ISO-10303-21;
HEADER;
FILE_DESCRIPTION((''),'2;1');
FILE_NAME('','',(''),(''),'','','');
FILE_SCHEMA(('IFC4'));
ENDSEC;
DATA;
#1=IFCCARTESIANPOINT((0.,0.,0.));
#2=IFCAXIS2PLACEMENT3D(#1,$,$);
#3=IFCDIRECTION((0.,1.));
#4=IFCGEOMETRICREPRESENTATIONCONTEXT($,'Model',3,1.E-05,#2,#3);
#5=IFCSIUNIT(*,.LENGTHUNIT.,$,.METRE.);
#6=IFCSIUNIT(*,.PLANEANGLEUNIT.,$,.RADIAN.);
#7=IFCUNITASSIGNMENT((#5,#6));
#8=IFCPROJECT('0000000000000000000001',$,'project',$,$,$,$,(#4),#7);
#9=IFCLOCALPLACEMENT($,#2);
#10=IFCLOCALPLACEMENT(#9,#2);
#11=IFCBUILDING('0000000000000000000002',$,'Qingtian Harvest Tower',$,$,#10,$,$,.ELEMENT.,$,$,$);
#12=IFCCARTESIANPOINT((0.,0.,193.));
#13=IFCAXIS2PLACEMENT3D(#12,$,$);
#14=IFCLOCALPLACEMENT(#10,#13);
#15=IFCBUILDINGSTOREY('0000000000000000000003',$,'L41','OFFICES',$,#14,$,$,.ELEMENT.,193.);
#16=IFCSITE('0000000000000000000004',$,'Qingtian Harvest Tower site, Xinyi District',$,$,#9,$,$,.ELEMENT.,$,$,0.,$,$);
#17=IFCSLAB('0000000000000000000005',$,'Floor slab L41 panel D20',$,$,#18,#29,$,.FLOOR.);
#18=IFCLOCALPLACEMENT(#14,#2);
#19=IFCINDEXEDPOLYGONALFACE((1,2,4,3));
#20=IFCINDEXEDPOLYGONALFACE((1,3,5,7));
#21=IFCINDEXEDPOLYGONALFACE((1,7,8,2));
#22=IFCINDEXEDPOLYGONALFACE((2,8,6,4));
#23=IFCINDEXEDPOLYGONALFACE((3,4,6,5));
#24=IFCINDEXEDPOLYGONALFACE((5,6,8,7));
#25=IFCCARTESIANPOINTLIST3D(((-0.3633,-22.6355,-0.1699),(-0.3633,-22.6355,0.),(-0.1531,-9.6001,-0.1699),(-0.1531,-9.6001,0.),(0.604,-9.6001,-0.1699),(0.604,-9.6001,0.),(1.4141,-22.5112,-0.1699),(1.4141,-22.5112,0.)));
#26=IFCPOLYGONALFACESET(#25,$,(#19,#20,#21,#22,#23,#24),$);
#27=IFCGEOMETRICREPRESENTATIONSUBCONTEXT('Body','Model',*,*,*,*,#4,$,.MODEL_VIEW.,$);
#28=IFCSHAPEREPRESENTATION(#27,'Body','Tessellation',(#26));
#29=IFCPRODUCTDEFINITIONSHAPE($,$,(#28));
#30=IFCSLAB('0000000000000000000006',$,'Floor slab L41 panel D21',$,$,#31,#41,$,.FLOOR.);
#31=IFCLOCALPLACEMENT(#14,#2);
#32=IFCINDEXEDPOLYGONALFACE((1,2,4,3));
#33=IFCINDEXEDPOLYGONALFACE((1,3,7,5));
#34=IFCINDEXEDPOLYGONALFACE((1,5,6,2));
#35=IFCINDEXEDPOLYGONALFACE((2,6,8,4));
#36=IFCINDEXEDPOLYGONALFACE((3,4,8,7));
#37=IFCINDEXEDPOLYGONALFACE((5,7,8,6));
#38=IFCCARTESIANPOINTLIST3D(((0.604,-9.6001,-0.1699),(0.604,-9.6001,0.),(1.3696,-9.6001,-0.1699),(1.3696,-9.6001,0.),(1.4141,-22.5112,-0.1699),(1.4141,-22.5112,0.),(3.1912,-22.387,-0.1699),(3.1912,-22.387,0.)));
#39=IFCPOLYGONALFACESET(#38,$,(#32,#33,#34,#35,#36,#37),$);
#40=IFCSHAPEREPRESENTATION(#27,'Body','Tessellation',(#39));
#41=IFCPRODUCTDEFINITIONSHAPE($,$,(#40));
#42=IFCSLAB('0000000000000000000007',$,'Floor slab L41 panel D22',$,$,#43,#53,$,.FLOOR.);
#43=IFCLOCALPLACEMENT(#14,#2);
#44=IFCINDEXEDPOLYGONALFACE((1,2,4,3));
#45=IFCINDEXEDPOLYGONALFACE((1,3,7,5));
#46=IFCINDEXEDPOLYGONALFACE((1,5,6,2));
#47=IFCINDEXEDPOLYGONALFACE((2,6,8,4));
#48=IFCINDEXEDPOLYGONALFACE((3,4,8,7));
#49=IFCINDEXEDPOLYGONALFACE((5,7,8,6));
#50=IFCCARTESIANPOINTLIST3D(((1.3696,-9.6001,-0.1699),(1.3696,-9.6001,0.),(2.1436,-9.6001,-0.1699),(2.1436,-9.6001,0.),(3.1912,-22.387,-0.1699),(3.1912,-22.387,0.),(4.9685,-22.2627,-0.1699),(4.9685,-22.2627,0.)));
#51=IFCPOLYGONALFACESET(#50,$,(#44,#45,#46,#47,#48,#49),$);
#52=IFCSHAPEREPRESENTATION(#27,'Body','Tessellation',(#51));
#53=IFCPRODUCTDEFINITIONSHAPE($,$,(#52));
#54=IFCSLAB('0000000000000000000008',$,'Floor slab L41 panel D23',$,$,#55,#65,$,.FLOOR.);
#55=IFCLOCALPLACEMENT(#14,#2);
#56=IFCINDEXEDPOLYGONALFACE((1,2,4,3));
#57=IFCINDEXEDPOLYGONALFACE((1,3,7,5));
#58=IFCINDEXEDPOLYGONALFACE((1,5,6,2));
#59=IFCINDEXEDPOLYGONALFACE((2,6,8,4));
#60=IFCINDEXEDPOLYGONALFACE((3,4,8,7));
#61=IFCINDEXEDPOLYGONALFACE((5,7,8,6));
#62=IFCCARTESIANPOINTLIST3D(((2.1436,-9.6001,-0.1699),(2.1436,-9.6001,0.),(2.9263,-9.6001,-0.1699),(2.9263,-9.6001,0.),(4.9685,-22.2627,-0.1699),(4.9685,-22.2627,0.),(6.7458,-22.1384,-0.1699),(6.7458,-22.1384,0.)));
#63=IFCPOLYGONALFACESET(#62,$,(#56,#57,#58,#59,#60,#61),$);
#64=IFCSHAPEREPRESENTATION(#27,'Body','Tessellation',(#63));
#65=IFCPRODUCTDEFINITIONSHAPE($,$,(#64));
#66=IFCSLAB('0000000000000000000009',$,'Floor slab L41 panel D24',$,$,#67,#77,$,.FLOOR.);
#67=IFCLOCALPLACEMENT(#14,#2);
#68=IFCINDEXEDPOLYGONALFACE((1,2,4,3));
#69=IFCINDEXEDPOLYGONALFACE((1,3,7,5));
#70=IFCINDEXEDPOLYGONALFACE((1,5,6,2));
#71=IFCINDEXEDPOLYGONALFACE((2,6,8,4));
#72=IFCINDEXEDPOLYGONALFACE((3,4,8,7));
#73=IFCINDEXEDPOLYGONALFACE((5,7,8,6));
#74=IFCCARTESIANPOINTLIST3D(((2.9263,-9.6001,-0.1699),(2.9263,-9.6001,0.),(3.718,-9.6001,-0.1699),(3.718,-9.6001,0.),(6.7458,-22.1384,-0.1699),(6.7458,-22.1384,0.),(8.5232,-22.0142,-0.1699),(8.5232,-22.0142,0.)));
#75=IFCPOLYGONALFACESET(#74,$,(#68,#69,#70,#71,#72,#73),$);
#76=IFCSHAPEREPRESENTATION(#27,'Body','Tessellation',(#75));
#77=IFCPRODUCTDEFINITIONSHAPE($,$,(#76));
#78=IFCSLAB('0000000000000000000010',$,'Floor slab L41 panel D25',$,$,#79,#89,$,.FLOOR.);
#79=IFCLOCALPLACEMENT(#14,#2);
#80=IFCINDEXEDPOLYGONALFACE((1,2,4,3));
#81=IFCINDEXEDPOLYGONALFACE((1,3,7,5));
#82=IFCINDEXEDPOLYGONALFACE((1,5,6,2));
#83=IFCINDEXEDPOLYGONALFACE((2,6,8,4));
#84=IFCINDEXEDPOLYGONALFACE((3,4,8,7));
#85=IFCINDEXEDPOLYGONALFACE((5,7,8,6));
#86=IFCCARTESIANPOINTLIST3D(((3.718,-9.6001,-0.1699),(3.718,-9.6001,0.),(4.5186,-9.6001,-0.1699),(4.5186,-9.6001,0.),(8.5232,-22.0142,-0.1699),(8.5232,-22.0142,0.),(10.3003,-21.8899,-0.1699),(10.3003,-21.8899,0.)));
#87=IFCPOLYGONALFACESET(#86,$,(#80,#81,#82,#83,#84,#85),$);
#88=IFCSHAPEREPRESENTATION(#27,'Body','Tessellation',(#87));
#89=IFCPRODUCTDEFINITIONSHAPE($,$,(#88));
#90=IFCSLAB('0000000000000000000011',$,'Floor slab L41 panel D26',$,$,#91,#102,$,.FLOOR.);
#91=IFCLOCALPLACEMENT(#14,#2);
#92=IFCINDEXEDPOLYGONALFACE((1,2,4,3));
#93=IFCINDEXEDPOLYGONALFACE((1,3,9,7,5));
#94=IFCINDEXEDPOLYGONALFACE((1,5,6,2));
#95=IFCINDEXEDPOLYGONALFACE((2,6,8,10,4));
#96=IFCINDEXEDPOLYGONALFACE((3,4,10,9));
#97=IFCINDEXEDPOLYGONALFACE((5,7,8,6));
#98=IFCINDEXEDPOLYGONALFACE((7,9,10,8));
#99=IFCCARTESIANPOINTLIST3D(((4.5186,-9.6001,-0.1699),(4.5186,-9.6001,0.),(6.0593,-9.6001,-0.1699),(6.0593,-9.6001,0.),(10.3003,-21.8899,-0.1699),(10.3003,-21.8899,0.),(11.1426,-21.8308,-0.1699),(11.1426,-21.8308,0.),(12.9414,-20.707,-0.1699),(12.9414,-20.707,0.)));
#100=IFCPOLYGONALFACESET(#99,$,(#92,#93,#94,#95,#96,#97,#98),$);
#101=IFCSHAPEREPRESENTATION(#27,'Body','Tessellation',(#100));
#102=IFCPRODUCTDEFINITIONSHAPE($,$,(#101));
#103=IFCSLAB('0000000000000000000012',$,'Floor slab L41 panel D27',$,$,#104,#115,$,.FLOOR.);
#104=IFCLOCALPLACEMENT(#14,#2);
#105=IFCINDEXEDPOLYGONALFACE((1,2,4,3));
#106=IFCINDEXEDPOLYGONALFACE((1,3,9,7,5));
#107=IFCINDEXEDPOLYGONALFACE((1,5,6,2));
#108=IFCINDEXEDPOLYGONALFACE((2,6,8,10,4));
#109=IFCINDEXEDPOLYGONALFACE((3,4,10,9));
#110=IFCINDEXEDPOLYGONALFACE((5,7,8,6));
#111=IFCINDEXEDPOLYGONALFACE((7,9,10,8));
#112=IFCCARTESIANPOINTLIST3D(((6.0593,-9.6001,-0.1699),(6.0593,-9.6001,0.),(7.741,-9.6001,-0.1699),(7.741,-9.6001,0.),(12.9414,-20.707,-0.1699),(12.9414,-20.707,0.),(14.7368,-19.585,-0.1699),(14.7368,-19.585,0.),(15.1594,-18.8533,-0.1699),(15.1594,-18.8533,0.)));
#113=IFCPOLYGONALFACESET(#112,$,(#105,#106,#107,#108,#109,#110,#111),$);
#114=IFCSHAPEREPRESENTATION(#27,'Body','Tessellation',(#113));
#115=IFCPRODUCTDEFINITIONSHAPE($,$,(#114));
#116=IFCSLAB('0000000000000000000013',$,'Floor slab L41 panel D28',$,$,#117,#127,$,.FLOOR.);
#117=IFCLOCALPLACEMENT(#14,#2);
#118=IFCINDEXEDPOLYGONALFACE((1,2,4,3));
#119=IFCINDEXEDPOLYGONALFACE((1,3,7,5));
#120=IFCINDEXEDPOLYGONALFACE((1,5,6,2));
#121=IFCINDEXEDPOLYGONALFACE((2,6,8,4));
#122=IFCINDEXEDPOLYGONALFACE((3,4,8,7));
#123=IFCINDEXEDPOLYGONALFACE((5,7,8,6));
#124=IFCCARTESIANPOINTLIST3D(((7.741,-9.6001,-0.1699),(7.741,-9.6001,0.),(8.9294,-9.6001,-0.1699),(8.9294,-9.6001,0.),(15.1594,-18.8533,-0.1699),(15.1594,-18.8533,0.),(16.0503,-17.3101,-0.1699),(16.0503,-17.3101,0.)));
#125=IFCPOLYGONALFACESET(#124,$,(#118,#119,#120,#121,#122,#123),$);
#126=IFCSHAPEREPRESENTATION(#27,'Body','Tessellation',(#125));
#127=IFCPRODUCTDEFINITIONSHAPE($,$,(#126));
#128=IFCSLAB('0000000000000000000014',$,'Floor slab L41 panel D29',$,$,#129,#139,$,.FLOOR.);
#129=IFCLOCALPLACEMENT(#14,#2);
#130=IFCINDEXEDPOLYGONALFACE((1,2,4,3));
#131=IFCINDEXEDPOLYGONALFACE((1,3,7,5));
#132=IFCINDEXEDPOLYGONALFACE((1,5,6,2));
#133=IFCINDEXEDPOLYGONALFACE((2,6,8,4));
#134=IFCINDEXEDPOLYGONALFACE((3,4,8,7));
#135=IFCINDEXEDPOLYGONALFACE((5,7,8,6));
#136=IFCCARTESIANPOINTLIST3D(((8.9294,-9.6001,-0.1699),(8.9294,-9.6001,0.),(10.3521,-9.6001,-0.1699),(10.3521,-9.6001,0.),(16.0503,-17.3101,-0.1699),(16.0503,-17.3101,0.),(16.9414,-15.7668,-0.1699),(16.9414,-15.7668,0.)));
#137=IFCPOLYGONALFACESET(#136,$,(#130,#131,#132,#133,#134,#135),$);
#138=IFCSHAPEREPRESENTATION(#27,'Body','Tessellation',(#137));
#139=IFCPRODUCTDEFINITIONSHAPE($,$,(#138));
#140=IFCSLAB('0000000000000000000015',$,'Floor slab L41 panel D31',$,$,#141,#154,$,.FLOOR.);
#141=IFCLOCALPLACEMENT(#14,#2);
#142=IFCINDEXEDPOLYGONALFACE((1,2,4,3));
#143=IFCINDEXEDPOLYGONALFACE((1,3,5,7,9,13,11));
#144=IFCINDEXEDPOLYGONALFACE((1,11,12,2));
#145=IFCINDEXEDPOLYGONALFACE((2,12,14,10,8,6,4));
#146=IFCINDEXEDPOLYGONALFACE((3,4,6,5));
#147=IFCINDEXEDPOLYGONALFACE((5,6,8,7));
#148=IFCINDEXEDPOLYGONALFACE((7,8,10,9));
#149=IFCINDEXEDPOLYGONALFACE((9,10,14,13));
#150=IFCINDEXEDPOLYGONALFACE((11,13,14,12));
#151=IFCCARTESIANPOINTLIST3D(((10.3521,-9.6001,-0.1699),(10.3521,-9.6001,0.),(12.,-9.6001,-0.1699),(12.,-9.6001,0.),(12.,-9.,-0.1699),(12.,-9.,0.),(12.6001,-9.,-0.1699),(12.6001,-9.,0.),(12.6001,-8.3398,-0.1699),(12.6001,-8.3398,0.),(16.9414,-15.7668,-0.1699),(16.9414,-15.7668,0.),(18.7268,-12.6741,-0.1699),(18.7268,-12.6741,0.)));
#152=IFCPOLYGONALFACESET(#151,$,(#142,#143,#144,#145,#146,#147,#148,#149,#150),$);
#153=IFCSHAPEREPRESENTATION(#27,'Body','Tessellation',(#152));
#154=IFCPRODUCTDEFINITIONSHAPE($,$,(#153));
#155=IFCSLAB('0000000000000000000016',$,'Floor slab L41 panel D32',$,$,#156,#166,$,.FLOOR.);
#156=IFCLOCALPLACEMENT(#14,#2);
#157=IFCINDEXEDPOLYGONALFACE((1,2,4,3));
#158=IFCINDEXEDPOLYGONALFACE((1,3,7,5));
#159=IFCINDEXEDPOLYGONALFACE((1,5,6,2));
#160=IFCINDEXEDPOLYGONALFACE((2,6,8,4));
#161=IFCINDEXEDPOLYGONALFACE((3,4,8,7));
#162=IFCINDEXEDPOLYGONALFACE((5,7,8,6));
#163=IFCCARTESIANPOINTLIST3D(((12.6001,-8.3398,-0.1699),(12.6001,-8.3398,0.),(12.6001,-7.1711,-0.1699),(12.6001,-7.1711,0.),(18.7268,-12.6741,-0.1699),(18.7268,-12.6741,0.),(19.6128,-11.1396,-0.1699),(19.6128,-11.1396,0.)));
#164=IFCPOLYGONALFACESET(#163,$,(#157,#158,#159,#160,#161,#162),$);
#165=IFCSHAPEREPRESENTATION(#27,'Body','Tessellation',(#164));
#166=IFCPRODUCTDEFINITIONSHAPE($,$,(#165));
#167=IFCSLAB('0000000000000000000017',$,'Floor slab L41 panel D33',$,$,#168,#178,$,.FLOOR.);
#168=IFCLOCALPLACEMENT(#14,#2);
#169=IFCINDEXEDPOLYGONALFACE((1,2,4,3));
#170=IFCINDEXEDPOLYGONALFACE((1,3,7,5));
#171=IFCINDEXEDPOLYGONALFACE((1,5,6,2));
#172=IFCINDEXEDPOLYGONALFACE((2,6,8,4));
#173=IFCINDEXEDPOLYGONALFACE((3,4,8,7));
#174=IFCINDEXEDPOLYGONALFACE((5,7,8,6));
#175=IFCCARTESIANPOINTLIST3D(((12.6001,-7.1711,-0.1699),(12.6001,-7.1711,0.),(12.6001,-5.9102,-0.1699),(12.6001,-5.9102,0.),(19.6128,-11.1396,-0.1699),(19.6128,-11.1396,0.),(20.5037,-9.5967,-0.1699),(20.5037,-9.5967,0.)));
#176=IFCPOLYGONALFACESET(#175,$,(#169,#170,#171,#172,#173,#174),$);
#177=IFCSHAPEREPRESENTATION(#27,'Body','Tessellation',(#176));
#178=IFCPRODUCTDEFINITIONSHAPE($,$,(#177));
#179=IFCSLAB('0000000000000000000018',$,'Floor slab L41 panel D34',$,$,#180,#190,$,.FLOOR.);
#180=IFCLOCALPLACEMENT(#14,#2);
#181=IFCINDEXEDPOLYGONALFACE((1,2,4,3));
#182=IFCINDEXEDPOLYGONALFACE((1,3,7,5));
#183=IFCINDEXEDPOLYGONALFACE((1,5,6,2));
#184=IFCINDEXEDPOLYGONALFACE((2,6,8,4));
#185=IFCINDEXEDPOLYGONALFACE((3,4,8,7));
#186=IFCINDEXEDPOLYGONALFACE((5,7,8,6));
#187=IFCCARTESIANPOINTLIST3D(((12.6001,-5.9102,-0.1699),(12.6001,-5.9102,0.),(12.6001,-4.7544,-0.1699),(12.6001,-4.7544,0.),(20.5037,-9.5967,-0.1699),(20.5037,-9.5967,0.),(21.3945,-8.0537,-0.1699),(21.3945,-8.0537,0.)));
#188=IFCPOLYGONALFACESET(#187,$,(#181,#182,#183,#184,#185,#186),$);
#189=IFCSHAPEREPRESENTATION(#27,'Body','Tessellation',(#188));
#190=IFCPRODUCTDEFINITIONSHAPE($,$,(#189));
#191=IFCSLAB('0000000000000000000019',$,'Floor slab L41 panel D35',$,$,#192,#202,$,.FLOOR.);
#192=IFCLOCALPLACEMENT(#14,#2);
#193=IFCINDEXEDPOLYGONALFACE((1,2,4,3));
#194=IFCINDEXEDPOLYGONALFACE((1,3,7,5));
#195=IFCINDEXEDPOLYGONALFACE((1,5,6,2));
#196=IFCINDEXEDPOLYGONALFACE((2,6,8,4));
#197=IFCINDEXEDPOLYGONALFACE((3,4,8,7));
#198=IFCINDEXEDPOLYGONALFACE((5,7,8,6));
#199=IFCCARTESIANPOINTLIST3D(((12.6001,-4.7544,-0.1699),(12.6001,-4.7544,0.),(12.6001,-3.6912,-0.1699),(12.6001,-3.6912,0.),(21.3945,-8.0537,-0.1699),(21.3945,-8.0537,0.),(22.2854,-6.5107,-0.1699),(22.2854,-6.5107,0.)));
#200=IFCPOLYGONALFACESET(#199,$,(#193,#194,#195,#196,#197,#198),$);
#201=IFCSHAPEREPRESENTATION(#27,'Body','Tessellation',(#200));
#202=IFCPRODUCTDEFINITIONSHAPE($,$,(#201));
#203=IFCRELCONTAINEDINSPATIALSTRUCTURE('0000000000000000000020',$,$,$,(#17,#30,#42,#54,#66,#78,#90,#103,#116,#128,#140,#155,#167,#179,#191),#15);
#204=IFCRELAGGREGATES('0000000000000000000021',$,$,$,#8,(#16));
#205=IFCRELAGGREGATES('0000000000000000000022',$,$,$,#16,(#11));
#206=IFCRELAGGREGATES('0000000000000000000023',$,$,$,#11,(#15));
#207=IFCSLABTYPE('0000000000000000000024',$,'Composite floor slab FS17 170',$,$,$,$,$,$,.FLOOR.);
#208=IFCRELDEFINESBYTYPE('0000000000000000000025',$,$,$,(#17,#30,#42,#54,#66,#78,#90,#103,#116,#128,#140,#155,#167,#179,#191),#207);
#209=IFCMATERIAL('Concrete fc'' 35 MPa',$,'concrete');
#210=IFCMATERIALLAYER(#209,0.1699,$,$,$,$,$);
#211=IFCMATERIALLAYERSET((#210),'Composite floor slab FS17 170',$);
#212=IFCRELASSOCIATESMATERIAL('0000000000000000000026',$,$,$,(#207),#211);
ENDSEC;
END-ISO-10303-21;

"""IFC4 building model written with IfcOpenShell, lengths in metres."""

from ifc_helpers import new_model, si_unit, direction, frame, origin, place, context, subcontext, project, spatial, polyline, outline, extrude, material, layer, layer_set, type_object, element, save


model = new_model("IFC4")

# Units and contexts
model_context = context("Model", 3, precision=1e-05, world=origin(), true_north=direction((0.0, 1.0)))
body_context = subcontext(model_context, "Body", "Model", "MODEL_VIEW")
ifc_project = project(units=[si_unit("LENGTHUNIT", "METRE"), si_unit("PLANEANGLEUNIT", "RADIAN")], contexts=[model_context])

# Site, building, storey
site_placement = place(None, origin())
site = spatial("IfcSite", under=ifc_project, at=site_placement, Name="Qingtian Harvest Tower site, Xinyi District", CompositionType="ELEMENT", RefElevation=0.0)
building_placement = place(site_placement, origin())
building = spatial("IfcBuilding", under=site, at=building_placement, Name="Qingtian Harvest Tower", CompositionType="ELEMENT")
storey_placement = place(building_placement, frame((0.0, 0.0, 193.0)))
storey = spatial("IfcBuildingStorey", under=building, at=storey_placement, Name="L41", Description="OFFICES", CompositionType="ELEMENT", Elevation=193.0)

# Slabs
ifc_material = material(Name="Concrete fc' 35 MPa", Category="concrete")
ifc_layer = layer(ifc_material, 0.1699)
ifc_layer_set = layer_set([ifc_layer], Name="Composite floor slab FS17 170")
slab_type = type_object("IfcSlabType", Name="Composite floor slab FS17 170", PredefinedType="FLOOR", material=ifc_layer_set)
slab_1_placement = place(storey_placement, frame((0.0, 0.0, -0.1699)))
element("IfcSlab", 1, at=slab_1_placement, inside=storey, type_object=slab_type, Name="Floor slab L41 panel D20", PredefinedType="FLOOR", context=body_context, shape_type="SweptSolid", body=[
    extrude(outline(polyline([(0.604, -9.6001), (1.4141, -22.5112), (-0.3633, -22.6355), (-0.1531, -9.6001), (0.604, -9.6001)])), origin(), (0.0, 0.0, 1.0), 0.1699),
])
slab_2_placement = place(storey_placement, frame((0.0, 0.0, -0.1699)))
element("IfcSlab", 2, at=slab_2_placement, inside=storey, type_object=slab_type, Name="Floor slab L41 panel D21", PredefinedType="FLOOR", context=body_context, shape_type="SweptSolid", body=[
    extrude(outline(polyline([(1.3696, -9.6001), (3.1912, -22.387), (1.4141, -22.5112), (0.604, -9.6001), (1.3696, -9.6001)])), origin(), (0.0, 0.0, 1.0), 0.1699),
])
slab_3_placement = place(storey_placement, frame((0.0, 0.0, -0.1699)))
element("IfcSlab", 3, at=slab_3_placement, inside=storey, type_object=slab_type, Name="Floor slab L41 panel D22", PredefinedType="FLOOR", context=body_context, shape_type="SweptSolid", body=[
    extrude(outline(polyline([(2.1436, -9.6001), (4.9685, -22.2627), (3.1912, -22.387), (1.3696, -9.6001), (2.1436, -9.6001)])), origin(), (0.0, 0.0, 1.0), 0.1699),
])
slab_4_placement = place(storey_placement, frame((0.0, 0.0, -0.1699)))
element("IfcSlab", 4, at=slab_4_placement, inside=storey, type_object=slab_type, Name="Floor slab L41 panel D23", PredefinedType="FLOOR", context=body_context, shape_type="SweptSolid", body=[
    extrude(outline(polyline([(2.9263, -9.6001), (6.7458, -22.1384), (4.9685, -22.2627), (2.1436, -9.6001), (2.9263, -9.6001)])), origin(), (0.0, 0.0, 1.0), 0.1699),
])
slab_5_placement = place(storey_placement, frame((0.0, 0.0, -0.1699)))
element("IfcSlab", 5, at=slab_5_placement, inside=storey, type_object=slab_type, Name="Floor slab L41 panel D24", PredefinedType="FLOOR", context=body_context, shape_type="SweptSolid", body=[
    extrude(outline(polyline([(3.718, -9.6001), (8.5232, -22.0142), (6.7458, -22.1384), (2.9263, -9.6001), (3.718, -9.6001)])), origin(), (0.0, 0.0, 1.0), 0.1699),
])
slab_6_placement = place(storey_placement, frame((0.0, 0.0, -0.1699)))
element("IfcSlab", 6, at=slab_6_placement, inside=storey, type_object=slab_type, Name="Floor slab L41 panel D25", PredefinedType="FLOOR", context=body_context, shape_type="SweptSolid", body=[
    extrude(outline(polyline([(4.5186, -9.6001), (10.3003, -21.8899), (8.5232, -22.0142), (3.718, -9.6001), (4.5186, -9.6001)])), origin(), (0.0, 0.0, 1.0), 0.1699),
])
slab_7_placement = place(storey_placement, frame((0.0, 0.0, -0.1699)))
element("IfcSlab", 7, at=slab_7_placement, inside=storey, type_object=slab_type, Name="Floor slab L41 panel D26", PredefinedType="FLOOR", context=body_context, shape_type="SweptSolid", body=[
    extrude(outline(polyline([(4.5186, -9.6001), (6.0593, -9.6001), (12.9414, -20.707), (11.1426, -21.8308), (10.3003, -21.8899), (4.5186, -9.6001)])), origin(), (0.0, 0.0, 1.0), 0.1699),
])
slab_8_placement = place(storey_placement, frame((0.0, 0.0, -0.1699)))
element("IfcSlab", 8, at=slab_8_placement, inside=storey, type_object=slab_type, Name="Floor slab L41 panel D27", PredefinedType="FLOOR", context=body_context, shape_type="SweptSolid", body=[
    extrude(outline(polyline([(6.0593, -9.6001), (7.741, -9.6001), (15.1594, -18.8533), (14.7368, -19.585), (12.9414, -20.707), (6.0593, -9.6001)])), origin(), (0.0, 0.0, 1.0), 0.1699),
])
slab_9_placement = place(storey_placement, frame((0.0, 0.0, -0.1699)))
element("IfcSlab", 9, at=slab_9_placement, inside=storey, type_object=slab_type, Name="Floor slab L41 panel D28", PredefinedType="FLOOR", context=body_context, shape_type="SweptSolid", body=[
    extrude(outline(polyline([(8.9294, -9.6001), (16.0503, -17.3101), (15.1594, -18.8533), (7.741, -9.6001), (8.9294, -9.6001)])), origin(), (0.0, 0.0, 1.0), 0.1699),
])
slab_10_placement = place(storey_placement, frame((0.0, 0.0, -0.1699)))
element("IfcSlab", 10, at=slab_10_placement, inside=storey, type_object=slab_type, Name="Floor slab L41 panel D29", PredefinedType="FLOOR", context=body_context, shape_type="SweptSolid", body=[
    extrude(outline(polyline([(10.3521, -9.6001), (16.9414, -15.7668), (16.0503, -17.3101), (8.9294, -9.6001), (10.3521, -9.6001)])), origin(), (0.0, 0.0, 1.0), 0.1699),
])
slab_11_placement = place(storey_placement, frame((0.0, 0.0, -0.1699)))
element("IfcSlab", 11, at=slab_11_placement, inside=storey, type_object=slab_type, Name="Floor slab L41 panel D31", PredefinedType="FLOOR", context=body_context, shape_type="SweptSolid", body=[
    extrude(outline(polyline([(12.6001, -8.3398), (18.7268, -12.6741), (16.9414, -15.7668), (10.3521, -9.6001), (12.0, -9.6001), (12.0, -9.0), (12.6001, -9.0), (12.6001, -8.3398)])), origin(), (0.0, 0.0, 1.0), 0.1699),
])
slab_12_placement = place(storey_placement, frame((0.0, 0.0, -0.1699)))
element("IfcSlab", 12, at=slab_12_placement, inside=storey, type_object=slab_type, Name="Floor slab L41 panel D32", PredefinedType="FLOOR", context=body_context, shape_type="SweptSolid", body=[
    extrude(outline(polyline([(12.6001, -7.1711), (19.6128, -11.1396), (18.7268, -12.6741), (12.6001, -8.3398), (12.6001, -7.1711)])), origin(), (0.0, 0.0, 1.0), 0.1699),
])
slab_13_placement = place(storey_placement, frame((0.0, 0.0, -0.1699)))
element("IfcSlab", 13, at=slab_13_placement, inside=storey, type_object=slab_type, Name="Floor slab L41 panel D33", PredefinedType="FLOOR", context=body_context, shape_type="SweptSolid", body=[
    extrude(outline(polyline([(12.6001, -5.9102), (20.5037, -9.5967), (19.6128, -11.1396), (12.6001, -7.1711), (12.6001, -5.9102)])), origin(), (0.0, 0.0, 1.0), 0.1699),
])
slab_14_placement = place(storey_placement, frame((0.0, 0.0, -0.1699)))
element("IfcSlab", 14, at=slab_14_placement, inside=storey, type_object=slab_type, Name="Floor slab L41 panel D34", PredefinedType="FLOOR", context=body_context, shape_type="SweptSolid", body=[
    extrude(outline(polyline([(12.6001, -4.7544), (21.3945, -8.0537), (20.5037, -9.5967), (12.6001, -5.9102), (12.6001, -4.7544)])), origin(), (0.0, 0.0, 1.0), 0.1699),
])
slab_15_placement = place(storey_placement, frame((0.0, 0.0, -0.1699)))
element("IfcSlab", 15, at=slab_15_placement, inside=storey, type_object=slab_type, Name="Floor slab L41 panel D35", PredefinedType="FLOOR", context=body_context, shape_type="SweptSolid", body=[
    extrude(outline(polyline([(12.6001, -3.6912), (22.2854, -6.5107), (21.3945, -8.0537), (12.6001, -4.7544), (12.6001, -3.6912)])), origin(), (0.0, 0.0, 1.0), 0.1699),
])

save(model, "model.ifc")
